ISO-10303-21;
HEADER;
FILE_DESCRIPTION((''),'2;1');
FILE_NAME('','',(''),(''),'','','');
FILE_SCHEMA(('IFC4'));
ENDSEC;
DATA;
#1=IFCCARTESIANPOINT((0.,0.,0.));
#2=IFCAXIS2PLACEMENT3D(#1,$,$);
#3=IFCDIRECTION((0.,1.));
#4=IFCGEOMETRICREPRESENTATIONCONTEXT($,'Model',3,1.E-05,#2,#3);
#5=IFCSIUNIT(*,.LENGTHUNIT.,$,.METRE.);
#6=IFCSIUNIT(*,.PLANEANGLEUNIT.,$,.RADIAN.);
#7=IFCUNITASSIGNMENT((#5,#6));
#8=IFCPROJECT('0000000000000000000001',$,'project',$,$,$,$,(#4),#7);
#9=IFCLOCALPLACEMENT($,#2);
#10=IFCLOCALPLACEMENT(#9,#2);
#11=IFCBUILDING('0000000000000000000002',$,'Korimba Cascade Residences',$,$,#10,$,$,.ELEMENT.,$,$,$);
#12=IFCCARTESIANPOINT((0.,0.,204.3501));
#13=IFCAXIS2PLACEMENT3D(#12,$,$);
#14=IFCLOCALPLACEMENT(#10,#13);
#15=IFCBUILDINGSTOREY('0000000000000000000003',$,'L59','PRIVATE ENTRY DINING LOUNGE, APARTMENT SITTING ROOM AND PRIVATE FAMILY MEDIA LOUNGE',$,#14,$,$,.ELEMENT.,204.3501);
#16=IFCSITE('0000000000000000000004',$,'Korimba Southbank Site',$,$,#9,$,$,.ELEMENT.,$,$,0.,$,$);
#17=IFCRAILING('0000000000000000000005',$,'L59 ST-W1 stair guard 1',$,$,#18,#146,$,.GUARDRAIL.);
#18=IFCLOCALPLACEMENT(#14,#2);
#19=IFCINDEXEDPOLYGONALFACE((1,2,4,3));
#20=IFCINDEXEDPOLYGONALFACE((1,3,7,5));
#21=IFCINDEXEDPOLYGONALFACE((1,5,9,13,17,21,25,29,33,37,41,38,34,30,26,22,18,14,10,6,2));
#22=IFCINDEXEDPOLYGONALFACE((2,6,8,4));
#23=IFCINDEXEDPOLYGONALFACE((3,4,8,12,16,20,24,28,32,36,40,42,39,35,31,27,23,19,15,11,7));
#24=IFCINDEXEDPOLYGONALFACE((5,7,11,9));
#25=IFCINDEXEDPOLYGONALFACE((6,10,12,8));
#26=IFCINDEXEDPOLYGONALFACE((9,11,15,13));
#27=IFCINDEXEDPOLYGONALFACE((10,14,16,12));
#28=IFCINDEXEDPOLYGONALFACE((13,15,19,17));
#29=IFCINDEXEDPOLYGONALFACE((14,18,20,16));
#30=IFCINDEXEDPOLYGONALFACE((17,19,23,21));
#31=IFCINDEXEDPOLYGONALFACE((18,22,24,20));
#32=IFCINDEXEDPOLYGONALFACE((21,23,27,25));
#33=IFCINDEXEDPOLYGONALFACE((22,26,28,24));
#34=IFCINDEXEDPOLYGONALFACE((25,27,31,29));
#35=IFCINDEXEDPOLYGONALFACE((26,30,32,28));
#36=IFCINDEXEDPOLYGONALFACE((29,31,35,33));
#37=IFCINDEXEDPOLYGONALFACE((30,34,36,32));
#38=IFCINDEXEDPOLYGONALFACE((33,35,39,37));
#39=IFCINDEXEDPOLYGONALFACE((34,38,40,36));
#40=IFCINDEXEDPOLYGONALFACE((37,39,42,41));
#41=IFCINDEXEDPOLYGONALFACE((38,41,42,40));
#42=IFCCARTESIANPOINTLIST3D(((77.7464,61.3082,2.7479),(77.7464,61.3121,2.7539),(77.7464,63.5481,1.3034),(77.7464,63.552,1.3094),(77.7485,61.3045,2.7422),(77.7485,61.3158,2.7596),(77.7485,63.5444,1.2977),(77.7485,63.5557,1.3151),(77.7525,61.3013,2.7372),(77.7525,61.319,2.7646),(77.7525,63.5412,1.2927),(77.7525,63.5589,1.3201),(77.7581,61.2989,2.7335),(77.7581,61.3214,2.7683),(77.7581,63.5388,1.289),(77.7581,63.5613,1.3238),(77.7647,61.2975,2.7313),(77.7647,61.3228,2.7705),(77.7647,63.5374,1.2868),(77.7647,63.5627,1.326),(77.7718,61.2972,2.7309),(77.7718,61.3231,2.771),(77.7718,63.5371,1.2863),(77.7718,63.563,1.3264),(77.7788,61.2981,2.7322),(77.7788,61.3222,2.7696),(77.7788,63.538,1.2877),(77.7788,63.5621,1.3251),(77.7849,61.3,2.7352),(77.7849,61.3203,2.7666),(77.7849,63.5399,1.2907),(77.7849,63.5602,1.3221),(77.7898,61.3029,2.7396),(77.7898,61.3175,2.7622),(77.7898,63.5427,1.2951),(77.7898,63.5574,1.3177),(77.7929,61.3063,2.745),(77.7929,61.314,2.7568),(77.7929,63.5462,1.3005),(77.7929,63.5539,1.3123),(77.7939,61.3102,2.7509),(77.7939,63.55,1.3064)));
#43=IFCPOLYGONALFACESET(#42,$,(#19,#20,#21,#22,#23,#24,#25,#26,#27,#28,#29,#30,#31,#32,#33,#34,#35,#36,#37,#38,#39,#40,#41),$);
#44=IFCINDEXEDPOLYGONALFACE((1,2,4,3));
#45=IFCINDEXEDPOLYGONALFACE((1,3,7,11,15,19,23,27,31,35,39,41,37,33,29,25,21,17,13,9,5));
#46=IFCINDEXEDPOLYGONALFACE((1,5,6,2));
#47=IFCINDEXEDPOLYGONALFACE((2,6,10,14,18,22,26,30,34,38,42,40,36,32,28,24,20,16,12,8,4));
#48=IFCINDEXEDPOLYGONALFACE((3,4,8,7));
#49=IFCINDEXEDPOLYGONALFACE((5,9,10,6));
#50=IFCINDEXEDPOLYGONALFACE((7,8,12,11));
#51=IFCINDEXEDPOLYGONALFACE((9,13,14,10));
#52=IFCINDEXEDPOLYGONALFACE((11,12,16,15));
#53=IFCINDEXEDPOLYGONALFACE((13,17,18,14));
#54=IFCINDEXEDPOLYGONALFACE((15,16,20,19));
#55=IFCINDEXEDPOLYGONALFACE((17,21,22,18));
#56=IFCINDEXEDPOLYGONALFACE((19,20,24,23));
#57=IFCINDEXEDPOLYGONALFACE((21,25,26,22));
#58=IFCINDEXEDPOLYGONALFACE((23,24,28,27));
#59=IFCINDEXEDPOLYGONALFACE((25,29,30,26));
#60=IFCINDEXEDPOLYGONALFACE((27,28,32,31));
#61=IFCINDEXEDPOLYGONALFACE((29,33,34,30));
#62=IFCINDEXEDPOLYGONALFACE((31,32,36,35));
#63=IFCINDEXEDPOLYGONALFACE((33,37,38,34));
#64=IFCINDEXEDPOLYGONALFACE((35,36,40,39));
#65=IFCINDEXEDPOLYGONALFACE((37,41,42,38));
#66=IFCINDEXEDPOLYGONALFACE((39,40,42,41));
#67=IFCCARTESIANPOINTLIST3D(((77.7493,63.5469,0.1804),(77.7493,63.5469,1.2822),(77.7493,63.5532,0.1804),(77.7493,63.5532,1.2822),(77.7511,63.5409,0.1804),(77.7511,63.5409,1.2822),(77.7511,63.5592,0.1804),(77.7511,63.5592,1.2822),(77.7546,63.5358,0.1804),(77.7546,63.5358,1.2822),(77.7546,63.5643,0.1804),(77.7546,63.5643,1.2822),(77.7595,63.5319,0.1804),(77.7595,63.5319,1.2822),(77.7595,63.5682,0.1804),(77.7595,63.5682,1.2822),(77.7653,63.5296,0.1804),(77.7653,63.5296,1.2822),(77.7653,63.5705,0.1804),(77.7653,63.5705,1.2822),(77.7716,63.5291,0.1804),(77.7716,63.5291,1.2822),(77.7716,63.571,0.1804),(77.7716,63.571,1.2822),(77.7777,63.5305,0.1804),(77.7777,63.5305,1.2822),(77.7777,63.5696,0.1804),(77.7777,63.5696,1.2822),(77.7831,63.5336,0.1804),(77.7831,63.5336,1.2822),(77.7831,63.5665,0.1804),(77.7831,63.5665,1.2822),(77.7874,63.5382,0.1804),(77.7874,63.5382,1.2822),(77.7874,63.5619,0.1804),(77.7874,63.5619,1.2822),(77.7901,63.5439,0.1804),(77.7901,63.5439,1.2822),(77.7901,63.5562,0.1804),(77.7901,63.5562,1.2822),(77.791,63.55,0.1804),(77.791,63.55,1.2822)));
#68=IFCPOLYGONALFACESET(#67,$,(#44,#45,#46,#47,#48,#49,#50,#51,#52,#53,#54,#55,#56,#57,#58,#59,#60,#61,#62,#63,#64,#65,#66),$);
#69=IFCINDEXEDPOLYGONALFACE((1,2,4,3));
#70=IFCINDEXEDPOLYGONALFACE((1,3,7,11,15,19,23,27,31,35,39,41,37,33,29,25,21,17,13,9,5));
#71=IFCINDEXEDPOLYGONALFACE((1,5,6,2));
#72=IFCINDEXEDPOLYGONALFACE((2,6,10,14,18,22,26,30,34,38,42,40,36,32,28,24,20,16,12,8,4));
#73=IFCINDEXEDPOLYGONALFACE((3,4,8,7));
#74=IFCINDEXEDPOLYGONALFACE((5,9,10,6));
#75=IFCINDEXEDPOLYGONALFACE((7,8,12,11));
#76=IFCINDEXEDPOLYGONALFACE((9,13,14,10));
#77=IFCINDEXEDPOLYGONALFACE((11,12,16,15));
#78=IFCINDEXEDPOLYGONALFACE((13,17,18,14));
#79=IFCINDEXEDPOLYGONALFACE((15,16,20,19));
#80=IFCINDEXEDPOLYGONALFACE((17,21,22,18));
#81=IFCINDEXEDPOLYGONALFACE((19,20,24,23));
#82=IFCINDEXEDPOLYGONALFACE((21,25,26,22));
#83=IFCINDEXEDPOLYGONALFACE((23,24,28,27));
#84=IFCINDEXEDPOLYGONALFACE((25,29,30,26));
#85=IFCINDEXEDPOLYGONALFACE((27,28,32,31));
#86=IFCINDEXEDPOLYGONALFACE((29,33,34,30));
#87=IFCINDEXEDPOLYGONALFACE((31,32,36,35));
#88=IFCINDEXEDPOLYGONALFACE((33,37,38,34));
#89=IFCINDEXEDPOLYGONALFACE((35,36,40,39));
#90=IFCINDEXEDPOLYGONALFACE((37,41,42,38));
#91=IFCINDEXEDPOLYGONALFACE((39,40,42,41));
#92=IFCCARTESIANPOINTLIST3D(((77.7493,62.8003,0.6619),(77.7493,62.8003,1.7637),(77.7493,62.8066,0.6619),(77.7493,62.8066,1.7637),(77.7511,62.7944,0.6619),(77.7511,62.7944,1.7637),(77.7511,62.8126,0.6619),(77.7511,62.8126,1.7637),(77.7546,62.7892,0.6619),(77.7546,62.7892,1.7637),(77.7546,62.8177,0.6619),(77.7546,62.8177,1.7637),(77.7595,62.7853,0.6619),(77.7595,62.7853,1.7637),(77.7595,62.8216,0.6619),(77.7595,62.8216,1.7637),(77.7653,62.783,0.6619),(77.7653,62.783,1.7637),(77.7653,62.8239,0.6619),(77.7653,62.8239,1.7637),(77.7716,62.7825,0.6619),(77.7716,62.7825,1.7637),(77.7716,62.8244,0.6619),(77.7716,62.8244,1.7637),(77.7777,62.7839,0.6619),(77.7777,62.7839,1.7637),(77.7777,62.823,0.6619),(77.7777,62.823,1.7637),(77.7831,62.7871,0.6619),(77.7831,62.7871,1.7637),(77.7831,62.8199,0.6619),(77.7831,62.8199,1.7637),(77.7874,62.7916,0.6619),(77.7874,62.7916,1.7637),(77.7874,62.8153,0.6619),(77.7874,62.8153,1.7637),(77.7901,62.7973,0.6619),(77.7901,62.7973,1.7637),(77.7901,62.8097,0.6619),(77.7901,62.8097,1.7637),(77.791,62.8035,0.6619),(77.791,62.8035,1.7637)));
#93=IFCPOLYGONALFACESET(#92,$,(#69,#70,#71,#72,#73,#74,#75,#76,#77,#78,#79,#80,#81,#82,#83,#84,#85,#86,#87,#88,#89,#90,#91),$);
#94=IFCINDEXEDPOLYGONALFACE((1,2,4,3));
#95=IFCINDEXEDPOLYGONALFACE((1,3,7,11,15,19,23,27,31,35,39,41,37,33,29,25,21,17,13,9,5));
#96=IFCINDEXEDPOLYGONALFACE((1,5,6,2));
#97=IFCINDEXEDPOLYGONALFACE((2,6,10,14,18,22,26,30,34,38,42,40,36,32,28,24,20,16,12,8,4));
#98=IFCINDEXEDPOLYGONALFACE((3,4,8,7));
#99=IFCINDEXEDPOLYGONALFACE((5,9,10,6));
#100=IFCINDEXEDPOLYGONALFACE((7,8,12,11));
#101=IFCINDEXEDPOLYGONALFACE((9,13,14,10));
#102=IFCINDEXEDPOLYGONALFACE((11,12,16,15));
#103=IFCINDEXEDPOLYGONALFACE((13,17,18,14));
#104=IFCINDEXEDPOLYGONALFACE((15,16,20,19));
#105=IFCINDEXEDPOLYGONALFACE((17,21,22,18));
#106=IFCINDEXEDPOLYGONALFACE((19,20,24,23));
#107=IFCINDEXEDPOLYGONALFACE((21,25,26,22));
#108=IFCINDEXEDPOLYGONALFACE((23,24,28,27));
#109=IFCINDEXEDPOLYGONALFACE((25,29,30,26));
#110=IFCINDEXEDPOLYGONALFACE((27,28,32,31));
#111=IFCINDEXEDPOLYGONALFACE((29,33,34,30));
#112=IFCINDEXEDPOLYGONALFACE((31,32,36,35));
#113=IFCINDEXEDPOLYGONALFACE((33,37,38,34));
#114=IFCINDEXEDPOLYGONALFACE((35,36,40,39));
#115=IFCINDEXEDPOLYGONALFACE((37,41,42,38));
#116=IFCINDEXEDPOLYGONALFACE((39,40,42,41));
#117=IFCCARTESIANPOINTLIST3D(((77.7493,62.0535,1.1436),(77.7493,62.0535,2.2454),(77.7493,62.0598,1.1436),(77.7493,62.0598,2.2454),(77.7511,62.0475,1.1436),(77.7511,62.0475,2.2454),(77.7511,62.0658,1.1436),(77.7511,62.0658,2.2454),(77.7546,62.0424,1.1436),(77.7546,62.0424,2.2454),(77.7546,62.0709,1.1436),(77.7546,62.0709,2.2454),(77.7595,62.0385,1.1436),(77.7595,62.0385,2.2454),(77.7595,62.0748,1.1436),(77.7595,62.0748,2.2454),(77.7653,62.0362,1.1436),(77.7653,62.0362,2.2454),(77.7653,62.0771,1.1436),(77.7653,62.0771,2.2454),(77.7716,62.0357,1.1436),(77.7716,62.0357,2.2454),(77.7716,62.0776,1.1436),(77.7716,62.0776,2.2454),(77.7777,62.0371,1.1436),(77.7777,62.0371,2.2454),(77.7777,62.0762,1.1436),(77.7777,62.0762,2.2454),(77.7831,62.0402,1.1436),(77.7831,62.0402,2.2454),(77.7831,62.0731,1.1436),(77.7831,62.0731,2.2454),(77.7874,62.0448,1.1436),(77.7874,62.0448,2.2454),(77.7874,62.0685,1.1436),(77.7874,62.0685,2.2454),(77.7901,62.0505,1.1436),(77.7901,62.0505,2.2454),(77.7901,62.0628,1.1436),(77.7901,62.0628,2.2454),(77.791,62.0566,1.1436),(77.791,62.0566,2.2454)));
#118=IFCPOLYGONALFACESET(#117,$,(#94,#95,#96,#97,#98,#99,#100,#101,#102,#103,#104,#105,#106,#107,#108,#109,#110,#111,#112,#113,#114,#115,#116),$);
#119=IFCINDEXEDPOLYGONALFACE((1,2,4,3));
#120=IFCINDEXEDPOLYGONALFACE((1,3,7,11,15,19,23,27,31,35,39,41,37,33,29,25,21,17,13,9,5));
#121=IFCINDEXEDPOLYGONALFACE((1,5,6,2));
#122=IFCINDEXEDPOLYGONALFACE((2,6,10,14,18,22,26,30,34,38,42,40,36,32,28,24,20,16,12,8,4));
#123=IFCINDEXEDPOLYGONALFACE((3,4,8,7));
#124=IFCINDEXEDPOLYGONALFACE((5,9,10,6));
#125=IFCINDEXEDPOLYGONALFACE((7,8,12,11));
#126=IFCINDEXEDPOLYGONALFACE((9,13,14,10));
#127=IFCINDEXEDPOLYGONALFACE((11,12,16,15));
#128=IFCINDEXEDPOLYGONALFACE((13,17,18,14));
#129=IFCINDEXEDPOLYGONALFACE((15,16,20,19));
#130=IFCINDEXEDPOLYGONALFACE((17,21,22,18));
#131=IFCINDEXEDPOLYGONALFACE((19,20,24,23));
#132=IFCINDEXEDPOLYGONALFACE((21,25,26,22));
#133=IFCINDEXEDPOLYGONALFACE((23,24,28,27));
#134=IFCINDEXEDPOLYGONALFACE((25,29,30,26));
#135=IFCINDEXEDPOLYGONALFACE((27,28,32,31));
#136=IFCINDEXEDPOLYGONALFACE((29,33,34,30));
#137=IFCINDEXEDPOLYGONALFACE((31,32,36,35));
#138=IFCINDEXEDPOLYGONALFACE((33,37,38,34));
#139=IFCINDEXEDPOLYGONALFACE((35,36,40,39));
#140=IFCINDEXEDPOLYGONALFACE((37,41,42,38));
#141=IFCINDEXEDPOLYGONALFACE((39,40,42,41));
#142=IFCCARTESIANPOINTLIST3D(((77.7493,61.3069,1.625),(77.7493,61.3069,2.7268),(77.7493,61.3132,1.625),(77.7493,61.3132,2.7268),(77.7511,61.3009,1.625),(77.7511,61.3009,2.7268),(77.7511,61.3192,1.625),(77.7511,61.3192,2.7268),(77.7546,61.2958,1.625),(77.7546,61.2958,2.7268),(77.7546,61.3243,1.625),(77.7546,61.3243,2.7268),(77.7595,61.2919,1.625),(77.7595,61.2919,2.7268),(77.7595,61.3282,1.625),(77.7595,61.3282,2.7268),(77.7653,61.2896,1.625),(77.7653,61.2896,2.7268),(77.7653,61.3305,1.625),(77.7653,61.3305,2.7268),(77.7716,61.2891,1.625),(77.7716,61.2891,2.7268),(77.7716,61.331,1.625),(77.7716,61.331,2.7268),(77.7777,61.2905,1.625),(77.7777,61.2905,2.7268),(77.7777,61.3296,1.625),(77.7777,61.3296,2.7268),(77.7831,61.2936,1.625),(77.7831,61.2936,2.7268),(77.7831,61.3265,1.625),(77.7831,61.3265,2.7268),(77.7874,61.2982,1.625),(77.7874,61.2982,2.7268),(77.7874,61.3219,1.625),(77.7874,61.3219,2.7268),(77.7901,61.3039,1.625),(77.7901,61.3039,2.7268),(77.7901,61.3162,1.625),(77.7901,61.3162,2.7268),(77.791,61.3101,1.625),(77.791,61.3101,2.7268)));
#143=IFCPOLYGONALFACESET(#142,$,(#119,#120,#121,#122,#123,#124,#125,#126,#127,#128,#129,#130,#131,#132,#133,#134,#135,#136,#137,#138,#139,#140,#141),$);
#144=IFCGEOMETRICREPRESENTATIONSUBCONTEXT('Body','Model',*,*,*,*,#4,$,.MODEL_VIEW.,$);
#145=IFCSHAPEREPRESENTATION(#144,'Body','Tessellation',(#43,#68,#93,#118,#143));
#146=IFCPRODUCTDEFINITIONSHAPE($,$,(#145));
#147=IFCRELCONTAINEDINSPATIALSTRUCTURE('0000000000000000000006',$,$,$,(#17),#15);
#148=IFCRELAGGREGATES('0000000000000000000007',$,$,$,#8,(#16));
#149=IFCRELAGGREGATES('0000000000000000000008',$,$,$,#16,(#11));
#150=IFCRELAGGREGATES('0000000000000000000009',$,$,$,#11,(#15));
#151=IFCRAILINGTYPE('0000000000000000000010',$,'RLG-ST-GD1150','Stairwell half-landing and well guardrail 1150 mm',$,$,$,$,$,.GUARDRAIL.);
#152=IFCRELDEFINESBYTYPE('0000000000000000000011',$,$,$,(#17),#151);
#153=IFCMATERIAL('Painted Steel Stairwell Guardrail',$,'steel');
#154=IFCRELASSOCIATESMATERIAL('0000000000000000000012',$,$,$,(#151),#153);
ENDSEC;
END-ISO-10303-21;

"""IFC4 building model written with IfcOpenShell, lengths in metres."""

from ifc_helpers import new_model, si_unit, direction, frame, origin, origin_2d, place, context, subcontext, project, spatial, circle, extrude, material, type_object, element, save


model = new_model("IFC4")

# Units and contexts
model_context = context("Model", 3, precision=1e-05, world=origin(), true_north=direction((0.0, 1.0)))
body_context = subcontext(model_context, "Body", "Model", "MODEL_VIEW")
ifc_project = project(units=[si_unit("LENGTHUNIT", "METRE"), si_unit("PLANEANGLEUNIT", "RADIAN")], contexts=[model_context])

# Site, building, storey
site_placement = place(None, origin())
site = spatial("IfcSite", under=ifc_project, at=site_placement, Name="Korimba Southbank Site", CompositionType="ELEMENT", RefElevation=0.0)
building_placement = place(site_placement, origin())
building = spatial("IfcBuilding", under=site, at=building_placement, Name="Korimba Cascade Residences", CompositionType="ELEMENT")
storey_placement = place(building_placement, frame((0.0, 0.0, 204.3501)))
storey = spatial("IfcBuildingStorey", under=building, at=storey_placement, Name="L59", Description="PRIVATE ENTRY DINING LOUNGE, APARTMENT SITTING ROOM AND PRIVATE FAMILY MEDIA LOUNGE", CompositionType="ELEMENT", Elevation=204.3501)

# Railing
ifc_material_1 = material(Name="Painted Steel Stairwell Guardrail", Category="steel")
railing_type = type_object("IfcRailingType", Name="RLG-ST-GD1150", Description="Stairwell half-landing and well guardrail 1150 mm", PredefinedType="GUARDRAIL", material=ifc_material_1)
railing_1_placement = place(storey_placement, frame((77.77, 63.55, 0.1804)))
element("IfcRailing", 1, at=railing_1_placement, inside=storey, type_object=railing_type, Name="L59 ST-W1 stair guard 1", PredefinedType="GUARDRAIL", context=body_context, shape_type="SweptSolid", body=[
    extrude(circle(Radius=0.0239, at=origin_2d()), frame((0.0, 0.0, 1.126), z_axis=(0.0, -0.840395, 0.541975), x_axis=(1.0, 0.0, 0.0)), (0.0, 0.0, 1.0), 2.6653),
    extrude(circle(Radius=0.021, at=origin_2d()), origin(), (0.0, 0.0, 1.0), 1.1018),
    extrude(circle(Radius=0.021, at=origin_2d()), frame((0.0, -0.7466, 0.4814)), (0.0, 0.0, 1.0), 1.1018),
    extrude(circle(Radius=0.021, at=origin_2d()), frame((0.0, -1.4934, 0.9631)), (0.0, 0.0, 1.0), 1.1018),
    extrude(circle(Radius=0.021, at=origin_2d()), frame((0.0, -2.24, 1.4446)), (0.0, 0.0, 1.0), 1.1018),
])

save(model, "model.ifc")
